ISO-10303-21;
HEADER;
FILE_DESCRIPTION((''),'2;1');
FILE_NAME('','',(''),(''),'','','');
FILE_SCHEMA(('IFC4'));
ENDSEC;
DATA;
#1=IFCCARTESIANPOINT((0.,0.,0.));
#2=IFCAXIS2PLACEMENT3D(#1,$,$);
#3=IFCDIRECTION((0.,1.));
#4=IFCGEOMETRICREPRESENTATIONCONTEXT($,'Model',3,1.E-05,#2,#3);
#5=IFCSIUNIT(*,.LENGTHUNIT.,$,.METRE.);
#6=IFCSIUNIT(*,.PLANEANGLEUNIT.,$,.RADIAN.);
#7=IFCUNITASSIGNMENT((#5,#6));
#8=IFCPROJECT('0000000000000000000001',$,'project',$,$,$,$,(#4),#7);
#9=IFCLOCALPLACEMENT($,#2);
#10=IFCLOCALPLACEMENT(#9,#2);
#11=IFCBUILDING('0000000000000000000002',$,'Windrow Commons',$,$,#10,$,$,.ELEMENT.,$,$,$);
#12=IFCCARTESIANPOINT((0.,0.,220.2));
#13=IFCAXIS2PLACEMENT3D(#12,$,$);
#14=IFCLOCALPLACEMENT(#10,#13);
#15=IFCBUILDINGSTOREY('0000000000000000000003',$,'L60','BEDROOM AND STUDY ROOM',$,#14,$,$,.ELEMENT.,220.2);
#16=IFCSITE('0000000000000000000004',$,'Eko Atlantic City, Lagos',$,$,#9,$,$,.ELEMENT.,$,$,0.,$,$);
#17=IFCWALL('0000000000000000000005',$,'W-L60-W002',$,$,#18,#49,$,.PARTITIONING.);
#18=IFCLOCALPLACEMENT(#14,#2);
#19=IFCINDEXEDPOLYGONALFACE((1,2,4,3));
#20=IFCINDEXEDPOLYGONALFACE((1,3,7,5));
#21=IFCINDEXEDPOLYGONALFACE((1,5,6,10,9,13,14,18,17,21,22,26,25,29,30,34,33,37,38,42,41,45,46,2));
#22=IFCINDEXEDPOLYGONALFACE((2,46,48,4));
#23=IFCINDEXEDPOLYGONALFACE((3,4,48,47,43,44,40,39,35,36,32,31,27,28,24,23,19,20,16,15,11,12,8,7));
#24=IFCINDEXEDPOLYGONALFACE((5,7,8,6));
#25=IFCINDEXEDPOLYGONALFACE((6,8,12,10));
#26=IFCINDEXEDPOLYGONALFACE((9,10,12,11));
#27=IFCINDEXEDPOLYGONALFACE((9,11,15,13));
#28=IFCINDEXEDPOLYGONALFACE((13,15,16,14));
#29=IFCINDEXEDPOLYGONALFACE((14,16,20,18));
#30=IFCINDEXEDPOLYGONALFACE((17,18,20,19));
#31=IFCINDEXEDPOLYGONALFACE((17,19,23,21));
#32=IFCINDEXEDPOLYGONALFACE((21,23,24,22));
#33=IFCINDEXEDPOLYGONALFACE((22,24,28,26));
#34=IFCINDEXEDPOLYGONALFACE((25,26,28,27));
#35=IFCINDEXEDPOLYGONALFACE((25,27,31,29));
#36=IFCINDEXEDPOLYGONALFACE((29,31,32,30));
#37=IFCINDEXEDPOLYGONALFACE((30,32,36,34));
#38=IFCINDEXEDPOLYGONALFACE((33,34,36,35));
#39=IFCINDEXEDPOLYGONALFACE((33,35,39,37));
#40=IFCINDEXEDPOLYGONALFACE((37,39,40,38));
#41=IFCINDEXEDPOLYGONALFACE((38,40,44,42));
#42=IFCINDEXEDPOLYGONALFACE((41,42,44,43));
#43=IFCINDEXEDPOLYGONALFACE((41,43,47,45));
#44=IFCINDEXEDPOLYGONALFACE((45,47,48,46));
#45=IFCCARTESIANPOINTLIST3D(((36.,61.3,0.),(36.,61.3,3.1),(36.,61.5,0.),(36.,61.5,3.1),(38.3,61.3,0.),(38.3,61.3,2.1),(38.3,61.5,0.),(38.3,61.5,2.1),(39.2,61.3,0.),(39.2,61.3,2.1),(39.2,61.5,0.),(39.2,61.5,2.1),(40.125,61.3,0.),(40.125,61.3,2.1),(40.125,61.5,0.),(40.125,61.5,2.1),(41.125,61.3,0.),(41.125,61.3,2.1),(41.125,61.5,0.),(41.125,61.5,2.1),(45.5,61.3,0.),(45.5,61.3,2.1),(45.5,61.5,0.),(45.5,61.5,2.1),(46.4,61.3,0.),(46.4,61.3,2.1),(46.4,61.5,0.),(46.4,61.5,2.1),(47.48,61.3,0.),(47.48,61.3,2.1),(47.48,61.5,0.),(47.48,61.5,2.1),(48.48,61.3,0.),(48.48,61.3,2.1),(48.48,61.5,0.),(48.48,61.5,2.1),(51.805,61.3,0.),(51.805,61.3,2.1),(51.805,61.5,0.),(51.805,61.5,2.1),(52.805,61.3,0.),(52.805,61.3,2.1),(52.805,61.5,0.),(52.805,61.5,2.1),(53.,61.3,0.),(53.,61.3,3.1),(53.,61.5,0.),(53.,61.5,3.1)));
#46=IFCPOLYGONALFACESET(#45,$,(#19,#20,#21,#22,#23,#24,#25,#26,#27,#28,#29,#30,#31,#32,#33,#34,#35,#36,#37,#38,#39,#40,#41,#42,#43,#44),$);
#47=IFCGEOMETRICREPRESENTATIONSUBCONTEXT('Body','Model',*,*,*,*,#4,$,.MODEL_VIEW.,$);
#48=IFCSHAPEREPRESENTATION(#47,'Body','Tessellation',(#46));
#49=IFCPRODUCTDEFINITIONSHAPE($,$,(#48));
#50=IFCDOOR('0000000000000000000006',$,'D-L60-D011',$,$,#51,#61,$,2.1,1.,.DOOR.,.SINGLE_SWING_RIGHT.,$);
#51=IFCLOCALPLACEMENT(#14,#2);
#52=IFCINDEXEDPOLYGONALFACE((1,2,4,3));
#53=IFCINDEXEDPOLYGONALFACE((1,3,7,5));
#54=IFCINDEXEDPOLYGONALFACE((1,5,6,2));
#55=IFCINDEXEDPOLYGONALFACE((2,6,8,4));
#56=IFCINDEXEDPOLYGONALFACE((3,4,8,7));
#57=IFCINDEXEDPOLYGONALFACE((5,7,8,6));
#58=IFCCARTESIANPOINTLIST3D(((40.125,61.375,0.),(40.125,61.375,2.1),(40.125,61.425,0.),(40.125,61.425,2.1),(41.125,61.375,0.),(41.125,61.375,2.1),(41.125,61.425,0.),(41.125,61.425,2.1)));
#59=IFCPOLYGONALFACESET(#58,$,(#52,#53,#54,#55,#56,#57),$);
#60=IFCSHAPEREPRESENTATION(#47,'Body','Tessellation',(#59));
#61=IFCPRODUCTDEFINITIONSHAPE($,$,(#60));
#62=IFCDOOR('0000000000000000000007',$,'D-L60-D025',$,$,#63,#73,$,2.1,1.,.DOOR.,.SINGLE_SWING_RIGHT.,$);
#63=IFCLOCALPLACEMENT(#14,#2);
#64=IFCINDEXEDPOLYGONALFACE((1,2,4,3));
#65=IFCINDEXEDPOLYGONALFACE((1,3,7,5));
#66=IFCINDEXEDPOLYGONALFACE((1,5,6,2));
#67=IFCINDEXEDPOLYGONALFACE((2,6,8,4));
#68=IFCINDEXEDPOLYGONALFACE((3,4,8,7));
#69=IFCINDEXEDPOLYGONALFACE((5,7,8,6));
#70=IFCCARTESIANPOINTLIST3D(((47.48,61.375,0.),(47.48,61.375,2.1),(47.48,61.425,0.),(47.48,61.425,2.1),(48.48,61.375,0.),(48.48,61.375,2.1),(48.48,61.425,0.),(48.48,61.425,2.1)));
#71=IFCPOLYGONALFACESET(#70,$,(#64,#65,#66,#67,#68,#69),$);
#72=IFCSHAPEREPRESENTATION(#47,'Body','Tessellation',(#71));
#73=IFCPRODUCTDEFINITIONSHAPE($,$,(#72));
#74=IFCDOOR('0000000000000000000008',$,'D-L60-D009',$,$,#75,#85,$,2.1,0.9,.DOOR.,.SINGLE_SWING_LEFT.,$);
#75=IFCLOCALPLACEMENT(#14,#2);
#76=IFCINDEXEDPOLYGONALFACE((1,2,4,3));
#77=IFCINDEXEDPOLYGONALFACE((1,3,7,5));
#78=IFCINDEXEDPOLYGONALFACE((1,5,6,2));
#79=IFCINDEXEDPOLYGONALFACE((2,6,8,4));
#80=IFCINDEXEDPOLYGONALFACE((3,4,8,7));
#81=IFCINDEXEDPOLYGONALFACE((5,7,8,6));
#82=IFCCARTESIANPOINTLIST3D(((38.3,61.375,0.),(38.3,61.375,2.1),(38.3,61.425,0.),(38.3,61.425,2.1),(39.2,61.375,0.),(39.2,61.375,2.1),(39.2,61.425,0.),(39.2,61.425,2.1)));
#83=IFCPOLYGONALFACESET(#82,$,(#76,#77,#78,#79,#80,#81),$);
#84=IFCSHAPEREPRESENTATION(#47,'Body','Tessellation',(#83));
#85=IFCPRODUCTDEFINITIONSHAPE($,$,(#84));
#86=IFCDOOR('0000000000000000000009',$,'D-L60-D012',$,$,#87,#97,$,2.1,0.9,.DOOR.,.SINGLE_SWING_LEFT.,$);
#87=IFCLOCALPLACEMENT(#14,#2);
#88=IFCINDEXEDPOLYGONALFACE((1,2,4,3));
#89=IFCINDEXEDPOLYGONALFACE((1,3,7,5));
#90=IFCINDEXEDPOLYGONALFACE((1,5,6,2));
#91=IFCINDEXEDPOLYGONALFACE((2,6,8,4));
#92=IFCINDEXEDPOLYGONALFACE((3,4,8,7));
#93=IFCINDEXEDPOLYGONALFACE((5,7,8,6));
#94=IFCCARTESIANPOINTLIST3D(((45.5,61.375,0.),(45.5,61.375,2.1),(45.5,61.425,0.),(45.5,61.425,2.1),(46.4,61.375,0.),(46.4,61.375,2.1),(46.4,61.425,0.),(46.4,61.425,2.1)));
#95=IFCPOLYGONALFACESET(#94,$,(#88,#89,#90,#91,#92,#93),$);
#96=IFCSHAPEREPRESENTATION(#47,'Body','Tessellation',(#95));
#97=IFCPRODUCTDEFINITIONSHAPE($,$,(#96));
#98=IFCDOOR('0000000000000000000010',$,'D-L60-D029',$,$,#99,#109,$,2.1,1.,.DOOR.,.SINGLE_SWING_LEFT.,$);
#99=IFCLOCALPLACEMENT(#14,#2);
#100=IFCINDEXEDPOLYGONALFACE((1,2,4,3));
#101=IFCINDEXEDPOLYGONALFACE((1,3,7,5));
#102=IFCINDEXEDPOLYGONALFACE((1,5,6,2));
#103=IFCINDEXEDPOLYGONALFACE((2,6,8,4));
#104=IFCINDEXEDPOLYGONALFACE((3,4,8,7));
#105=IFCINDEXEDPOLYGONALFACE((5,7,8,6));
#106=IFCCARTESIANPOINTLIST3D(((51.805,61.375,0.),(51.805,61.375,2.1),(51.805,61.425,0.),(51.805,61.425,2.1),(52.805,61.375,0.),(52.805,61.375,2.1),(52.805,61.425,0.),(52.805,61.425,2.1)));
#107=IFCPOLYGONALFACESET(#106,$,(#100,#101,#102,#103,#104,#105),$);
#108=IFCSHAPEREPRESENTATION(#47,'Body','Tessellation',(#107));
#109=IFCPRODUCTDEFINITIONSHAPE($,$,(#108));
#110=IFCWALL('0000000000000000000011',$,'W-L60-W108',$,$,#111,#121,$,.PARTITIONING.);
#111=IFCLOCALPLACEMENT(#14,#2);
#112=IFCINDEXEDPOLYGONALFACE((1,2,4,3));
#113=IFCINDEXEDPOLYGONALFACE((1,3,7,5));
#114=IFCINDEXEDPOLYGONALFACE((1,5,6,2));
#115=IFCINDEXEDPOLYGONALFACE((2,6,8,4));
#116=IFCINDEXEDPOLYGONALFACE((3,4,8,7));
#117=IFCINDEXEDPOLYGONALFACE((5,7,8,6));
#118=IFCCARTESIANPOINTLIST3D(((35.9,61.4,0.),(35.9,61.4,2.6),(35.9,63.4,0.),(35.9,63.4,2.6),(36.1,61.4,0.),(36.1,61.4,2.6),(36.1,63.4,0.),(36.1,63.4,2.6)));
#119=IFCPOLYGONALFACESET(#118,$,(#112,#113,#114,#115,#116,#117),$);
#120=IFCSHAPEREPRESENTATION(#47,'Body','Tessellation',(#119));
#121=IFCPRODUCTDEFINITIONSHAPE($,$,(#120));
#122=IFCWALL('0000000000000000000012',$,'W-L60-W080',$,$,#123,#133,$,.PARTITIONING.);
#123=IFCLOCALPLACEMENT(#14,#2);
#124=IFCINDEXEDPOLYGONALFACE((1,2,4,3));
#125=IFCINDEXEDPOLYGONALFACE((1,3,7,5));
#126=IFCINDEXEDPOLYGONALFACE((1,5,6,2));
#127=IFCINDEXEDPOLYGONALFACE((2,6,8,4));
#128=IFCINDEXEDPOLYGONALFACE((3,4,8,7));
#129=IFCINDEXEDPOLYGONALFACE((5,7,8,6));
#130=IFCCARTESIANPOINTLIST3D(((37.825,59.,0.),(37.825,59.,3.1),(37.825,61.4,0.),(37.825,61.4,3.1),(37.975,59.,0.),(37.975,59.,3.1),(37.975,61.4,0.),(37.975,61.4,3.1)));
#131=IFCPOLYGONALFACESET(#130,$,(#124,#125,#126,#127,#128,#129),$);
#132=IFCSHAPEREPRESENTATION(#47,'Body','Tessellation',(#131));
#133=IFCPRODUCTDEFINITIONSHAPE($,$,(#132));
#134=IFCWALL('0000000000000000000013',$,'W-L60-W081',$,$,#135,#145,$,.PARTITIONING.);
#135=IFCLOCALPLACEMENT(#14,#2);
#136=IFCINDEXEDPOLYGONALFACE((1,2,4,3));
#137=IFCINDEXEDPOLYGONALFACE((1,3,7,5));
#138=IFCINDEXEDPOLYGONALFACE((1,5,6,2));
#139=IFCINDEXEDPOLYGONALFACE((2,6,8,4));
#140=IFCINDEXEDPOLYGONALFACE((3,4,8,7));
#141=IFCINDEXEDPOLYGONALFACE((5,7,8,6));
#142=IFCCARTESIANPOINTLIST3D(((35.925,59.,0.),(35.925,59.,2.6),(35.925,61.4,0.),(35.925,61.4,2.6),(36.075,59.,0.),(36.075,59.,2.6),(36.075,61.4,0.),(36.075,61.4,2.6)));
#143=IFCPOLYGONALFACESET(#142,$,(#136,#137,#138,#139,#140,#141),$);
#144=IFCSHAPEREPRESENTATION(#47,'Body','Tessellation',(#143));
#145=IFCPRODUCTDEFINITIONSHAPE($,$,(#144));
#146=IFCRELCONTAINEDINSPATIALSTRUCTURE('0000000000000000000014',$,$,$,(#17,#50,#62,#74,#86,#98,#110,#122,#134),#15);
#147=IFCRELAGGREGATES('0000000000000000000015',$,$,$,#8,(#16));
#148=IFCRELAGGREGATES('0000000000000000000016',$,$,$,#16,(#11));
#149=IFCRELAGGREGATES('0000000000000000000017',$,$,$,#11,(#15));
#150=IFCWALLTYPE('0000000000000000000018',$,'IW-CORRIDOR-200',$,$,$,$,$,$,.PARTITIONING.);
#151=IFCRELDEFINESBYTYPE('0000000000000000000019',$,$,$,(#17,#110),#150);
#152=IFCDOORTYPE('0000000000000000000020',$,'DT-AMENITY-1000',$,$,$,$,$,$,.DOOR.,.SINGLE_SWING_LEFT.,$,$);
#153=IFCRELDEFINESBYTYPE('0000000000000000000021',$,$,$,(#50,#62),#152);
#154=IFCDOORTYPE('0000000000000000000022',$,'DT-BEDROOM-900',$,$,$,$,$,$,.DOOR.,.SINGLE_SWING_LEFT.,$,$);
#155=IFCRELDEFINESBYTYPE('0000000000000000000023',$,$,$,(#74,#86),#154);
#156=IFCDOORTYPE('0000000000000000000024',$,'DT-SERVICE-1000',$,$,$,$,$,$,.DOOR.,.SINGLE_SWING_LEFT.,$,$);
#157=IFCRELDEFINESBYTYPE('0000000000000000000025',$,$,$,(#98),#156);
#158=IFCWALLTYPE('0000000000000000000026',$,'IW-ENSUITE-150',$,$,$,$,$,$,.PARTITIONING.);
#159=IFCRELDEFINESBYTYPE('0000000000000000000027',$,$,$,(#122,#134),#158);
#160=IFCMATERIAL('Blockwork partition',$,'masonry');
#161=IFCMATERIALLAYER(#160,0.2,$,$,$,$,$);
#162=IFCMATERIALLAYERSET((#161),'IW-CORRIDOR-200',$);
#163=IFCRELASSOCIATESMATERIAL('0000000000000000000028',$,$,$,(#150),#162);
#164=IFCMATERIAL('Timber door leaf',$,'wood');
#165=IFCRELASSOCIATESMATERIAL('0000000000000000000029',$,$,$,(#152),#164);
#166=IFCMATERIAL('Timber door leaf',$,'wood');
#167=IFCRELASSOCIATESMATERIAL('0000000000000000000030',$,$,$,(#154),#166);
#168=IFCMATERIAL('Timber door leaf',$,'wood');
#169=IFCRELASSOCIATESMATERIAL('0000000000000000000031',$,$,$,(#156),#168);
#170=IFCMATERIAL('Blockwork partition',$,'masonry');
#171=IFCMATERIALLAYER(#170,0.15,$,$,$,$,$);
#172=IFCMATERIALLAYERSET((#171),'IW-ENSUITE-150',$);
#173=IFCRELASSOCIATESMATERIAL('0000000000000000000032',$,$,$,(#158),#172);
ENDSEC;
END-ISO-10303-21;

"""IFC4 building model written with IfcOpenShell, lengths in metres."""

from ifc_helpers import new_model, si_unit, direction, frame, frame_2d, origin, place, context, subcontext, project, spatial, rectangle, extrude, material, layer, layer_set, type_object, element, fill, save


model = new_model("IFC4")

# Units and contexts
model_context = context("Model", 3, precision=1e-05, world=origin(), true_north=direction((0.0, 1.0)))
body_context = subcontext(model_context, "Body", "Model", "MODEL_VIEW")
ifc_project = project(units=[si_unit("LENGTHUNIT", "METRE"), si_unit("PLANEANGLEUNIT", "RADIAN")], contexts=[model_context])

# Site, building, storey
site_placement = place(None, origin())
site = spatial("IfcSite", under=ifc_project, at=site_placement, Name="Eko Atlantic City, Lagos", CompositionType="ELEMENT", RefElevation=0.0)
building_placement = place(site_placement, origin())
building = spatial("IfcBuilding", under=site, at=building_placement, Name="Windrow Commons", CompositionType="ELEMENT")
storey_placement = place(building_placement, frame((0.0, 0.0, 220.2)))
storey = spatial("IfcBuildingStorey", under=building, at=storey_placement, Name="L60", Description="BEDROOM AND STUDY ROOM", CompositionType="ELEMENT", Elevation=220.2)

# Wall, openings, doors
ifc_material_1 = material(Name="Blockwork partition", Category="masonry")
ifc_layer_1 = layer(ifc_material_1, 0.2)
ifc_layer_set_1 = layer_set([ifc_layer_1], Name="IW-CORRIDOR-200")
wall_type_1 = type_object("IfcWallType", Name="IW-CORRIDOR-200", PredefinedType="PARTITIONING", material=ifc_layer_set_1)
wall_1_placement = place(storey_placement, frame((36.0, 61.4, 0.0), z_axis=(0.0, 0.0, 1.0), x_axis=(1.0, 0.0, 0.0)))
wall_1 = element("IfcWall", 1, at=wall_1_placement, inside=storey, type_object=wall_type_1, Name="W-L60-W002", PredefinedType="PARTITIONING", context=body_context, shape_type="SweptSolid", body=[
    extrude(rectangle(XDim=17.0, YDim=0.2, at=frame_2d((8.5, 0.0))), origin(), (0.0, 0.0, 1.0), 3.1),
])
opening_1_placement = place(wall_1_placement, frame((2.3, 0.0, 0.0)))
opening_1 = element("IfcOpeningElement", 2, at=opening_1_placement, cuts=wall_1, PredefinedType="OPENING", context=body_context, shape_type="SweptSolid", body=[
    extrude(rectangle(XDim=0.9, YDim=2.1, at=frame_2d((0.45, 1.05))), frame((0.0, 0.11, 0.0), z_axis=(0.0, -1.0, 0.0), x_axis=(1.0, 0.0, 0.0)), (0.0, 0.0, 1.0), 0.22),
])
opening_2_placement = place(wall_1_placement, frame((4.125, 0.0, 0.0)))
opening_2 = element("IfcOpeningElement", 3, at=opening_2_placement, cuts=wall_1, PredefinedType="OPENING", context=body_context, shape_type="SweptSolid", body=[
    extrude(rectangle(XDim=1.0, YDim=2.1, at=frame_2d((0.5, 1.05))), frame((0.0, 0.11, 0.0), z_axis=(0.0, -1.0, 0.0), x_axis=(1.0, 0.0, 0.0)), (0.0, 0.0, 1.0), 0.22),
])
opening_3_placement = place(wall_1_placement, frame((9.5, 0.0, 0.0)))
opening_3 = element("IfcOpeningElement", 4, at=opening_3_placement, cuts=wall_1, PredefinedType="OPENING", context=body_context, shape_type="SweptSolid", body=[
    extrude(rectangle(XDim=0.9, YDim=2.1, at=frame_2d((0.45, 1.05))), frame((0.0, 0.11, 0.0), z_axis=(0.0, -1.0, 0.0), x_axis=(1.0, 0.0, 0.0)), (0.0, 0.0, 1.0), 0.22),
])
opening_4_placement = place(wall_1_placement, frame((11.48, 0.0, 0.0)))
opening_4 = element("IfcOpeningElement", 5, at=opening_4_placement, cuts=wall_1, PredefinedType="OPENING", context=body_context, shape_type="SweptSolid", body=[
    extrude(rectangle(XDim=1.0, YDim=2.1, at=frame_2d((0.5, 1.05))), frame((0.0, 0.11, 0.0), z_axis=(0.0, -1.0, 0.0), x_axis=(1.0, 0.0, 0.0)), (0.0, 0.0, 1.0), 0.22),
])
opening_5_placement = place(wall_1_placement, frame((15.805, 0.0, 0.0)))
opening_5 = element("IfcOpeningElement", 6, at=opening_5_placement, cuts=wall_1, PredefinedType="OPENING", context=body_context, shape_type="SweptSolid", body=[
    extrude(rectangle(XDim=1.0, YDim=2.1, at=frame_2d((0.5, 1.05))), frame((0.0, 0.11, 0.0), z_axis=(0.0, -1.0, 0.0), x_axis=(1.0, 0.0, 0.0)), (0.0, 0.0, 1.0), 0.22),
])
ifc_material_2 = material(Name="Timber door leaf", Category="wood")
door_type_1 = type_object("IfcDoorType", Name="DT-AMENITY-1000", OperationType="SINGLE_SWING_LEFT", PredefinedType="DOOR", material=ifc_material_2)
door_1_placement = place(opening_2_placement, origin())
door_1 = element("IfcDoor", 7, at=door_1_placement, inside=storey, type_object=door_type_1, Name="D-L60-D011", OperationType="SINGLE_SWING_RIGHT", OverallHeight=2.1, OverallWidth=1.0, PredefinedType="DOOR", context=body_context, shape_type="SweptSolid", body=[
    extrude(rectangle(XDim=1.0, YDim=2.1, at=frame_2d((0.5, 1.05))), frame((0.0, 0.025, 0.0), z_axis=(0.0, -1.0, 0.0), x_axis=(1.0, 0.0, 0.0)), (0.0, 0.0, 1.0), 0.05),
])
fill(opening_2, door_1)
door_2_placement = place(opening_4_placement, origin())
door_2 = element("IfcDoor", 8, at=door_2_placement, inside=storey, type_object=door_type_1, Name="D-L60-D025", OperationType="SINGLE_SWING_RIGHT", OverallHeight=2.1, OverallWidth=1.0, PredefinedType="DOOR", context=body_context, shape_type="SweptSolid", body=[
    extrude(rectangle(XDim=1.0, YDim=2.1, at=frame_2d((0.5, 1.05))), frame((0.0, 0.025, 0.0), z_axis=(0.0, -1.0, 0.0), x_axis=(1.0, 0.0, 0.0)), (0.0, 0.0, 1.0), 0.05),
])
fill(opening_4, door_2)
ifc_material_3 = material(Name="Timber door leaf", Category="wood")
door_type_2 = type_object("IfcDoorType", Name="DT-BEDROOM-900", OperationType="SINGLE_SWING_LEFT", PredefinedType="DOOR", material=ifc_material_3)
door_3_placement = place(opening_1_placement, origin())
door_3 = element("IfcDoor", 9, at=door_3_placement, inside=storey, type_object=door_type_2, Name="D-L60-D009", OperationType="SINGLE_SWING_LEFT", OverallHeight=2.1, OverallWidth=0.9, PredefinedType="DOOR", context=body_context, shape_type="SweptSolid", body=[
    extrude(rectangle(XDim=0.9, YDim=2.1, at=frame_2d((0.45, 1.05))), frame((0.0, 0.025, 0.0), z_axis=(0.0, -1.0, 0.0), x_axis=(1.0, 0.0, 0.0)), (0.0, 0.0, 1.0), 0.05),
])
fill(opening_1, door_3)
door_4_placement = place(opening_3_placement, origin())
door_4 = element("IfcDoor", 10, at=door_4_placement, inside=storey, type_object=door_type_2, Name="D-L60-D012", OperationType="SINGLE_SWING_LEFT", OverallHeight=2.1, OverallWidth=0.9, PredefinedType="DOOR", context=body_context, shape_type="SweptSolid", body=[
    extrude(rectangle(XDim=0.9, YDim=2.1, at=frame_2d((0.45, 1.05))), frame((0.0, 0.025, 0.0), z_axis=(0.0, -1.0, 0.0), x_axis=(1.0, 0.0, 0.0)), (0.0, 0.0, 1.0), 0.05),
])
fill(opening_3, door_4)
ifc_material_4 = material(Name="Timber door leaf", Category="wood")
door_type_3 = type_object("IfcDoorType", Name="DT-SERVICE-1000", OperationType="SINGLE_SWING_LEFT", PredefinedType="DOOR", material=ifc_material_4)
door_5_placement = place(opening_5_placement, origin())
door_5 = element("IfcDoor", 11, at=door_5_placement, inside=storey, type_object=door_type_3, Name="D-L60-D029", OperationType="SINGLE_SWING_LEFT", OverallHeight=2.1, OverallWidth=1.0, PredefinedType="DOOR", context=body_context, shape_type="SweptSolid", body=[
    extrude(rectangle(XDim=1.0, YDim=2.1, at=frame_2d((0.5, 1.05))), frame((0.0, 0.025, 0.0), z_axis=(0.0, -1.0, 0.0), x_axis=(1.0, 0.0, 0.0)), (0.0, 0.0, 1.0), 0.05),
])
fill(opening_5, door_5)

# Walls
wall_2_placement = place(storey_placement, frame((36.0, 61.4, 0.0), z_axis=(0.0, 0.0, 1.0), x_axis=(0.0, 1.0, 0.0)))
element("IfcWall", 12, at=wall_2_placement, inside=storey, type_object=wall_type_1, Name="W-L60-W108", PredefinedType="PARTITIONING", context=body_context, shape_type="SweptSolid", body=[
    extrude(rectangle(XDim=2.0, YDim=0.2, at=frame_2d((1.0, 0.0))), origin(), (0.0, 0.0, 1.0), 2.6),
])
ifc_material_5 = material(Name="Blockwork partition", Category="masonry")
ifc_layer_2 = layer(ifc_material_5, 0.15)
ifc_layer_set_2 = layer_set([ifc_layer_2], Name="IW-ENSUITE-150")
wall_type_2 = type_object("IfcWallType", Name="IW-ENSUITE-150", PredefinedType="PARTITIONING", material=ifc_layer_set_2)
wall_3_placement = place(storey_placement, frame((37.9, 59.0, 0.0), z_axis=(0.0, 0.0, 1.0), x_axis=(0.0, 1.0, 0.0)))
element("IfcWall", 13, at=wall_3_placement, inside=storey, type_object=wall_type_2, Name="W-L60-W080", PredefinedType="PARTITIONING", context=body_context, shape_type="SweptSolid", body=[
    extrude(rectangle(XDim=2.4, YDim=0.15, at=frame_2d((1.2, 0.0))), origin(), (0.0, 0.0, 1.0), 3.1),
])
wall_4_placement = place(storey_placement, frame((36.0, 59.0, 0.0), z_axis=(0.0, 0.0, 1.0), x_axis=(0.0, 1.0, 0.0)))
element("IfcWall", 14, at=wall_4_placement, inside=storey, type_object=wall_type_2, Name="W-L60-W081", PredefinedType="PARTITIONING", context=body_context, shape_type="SweptSolid", body=[
    extrude(rectangle(XDim=2.4, YDim=0.15, at=frame_2d((1.2, 0.0))), origin(), (0.0, 0.0, 1.0), 2.6),
])

save(model, "model.ifc")
